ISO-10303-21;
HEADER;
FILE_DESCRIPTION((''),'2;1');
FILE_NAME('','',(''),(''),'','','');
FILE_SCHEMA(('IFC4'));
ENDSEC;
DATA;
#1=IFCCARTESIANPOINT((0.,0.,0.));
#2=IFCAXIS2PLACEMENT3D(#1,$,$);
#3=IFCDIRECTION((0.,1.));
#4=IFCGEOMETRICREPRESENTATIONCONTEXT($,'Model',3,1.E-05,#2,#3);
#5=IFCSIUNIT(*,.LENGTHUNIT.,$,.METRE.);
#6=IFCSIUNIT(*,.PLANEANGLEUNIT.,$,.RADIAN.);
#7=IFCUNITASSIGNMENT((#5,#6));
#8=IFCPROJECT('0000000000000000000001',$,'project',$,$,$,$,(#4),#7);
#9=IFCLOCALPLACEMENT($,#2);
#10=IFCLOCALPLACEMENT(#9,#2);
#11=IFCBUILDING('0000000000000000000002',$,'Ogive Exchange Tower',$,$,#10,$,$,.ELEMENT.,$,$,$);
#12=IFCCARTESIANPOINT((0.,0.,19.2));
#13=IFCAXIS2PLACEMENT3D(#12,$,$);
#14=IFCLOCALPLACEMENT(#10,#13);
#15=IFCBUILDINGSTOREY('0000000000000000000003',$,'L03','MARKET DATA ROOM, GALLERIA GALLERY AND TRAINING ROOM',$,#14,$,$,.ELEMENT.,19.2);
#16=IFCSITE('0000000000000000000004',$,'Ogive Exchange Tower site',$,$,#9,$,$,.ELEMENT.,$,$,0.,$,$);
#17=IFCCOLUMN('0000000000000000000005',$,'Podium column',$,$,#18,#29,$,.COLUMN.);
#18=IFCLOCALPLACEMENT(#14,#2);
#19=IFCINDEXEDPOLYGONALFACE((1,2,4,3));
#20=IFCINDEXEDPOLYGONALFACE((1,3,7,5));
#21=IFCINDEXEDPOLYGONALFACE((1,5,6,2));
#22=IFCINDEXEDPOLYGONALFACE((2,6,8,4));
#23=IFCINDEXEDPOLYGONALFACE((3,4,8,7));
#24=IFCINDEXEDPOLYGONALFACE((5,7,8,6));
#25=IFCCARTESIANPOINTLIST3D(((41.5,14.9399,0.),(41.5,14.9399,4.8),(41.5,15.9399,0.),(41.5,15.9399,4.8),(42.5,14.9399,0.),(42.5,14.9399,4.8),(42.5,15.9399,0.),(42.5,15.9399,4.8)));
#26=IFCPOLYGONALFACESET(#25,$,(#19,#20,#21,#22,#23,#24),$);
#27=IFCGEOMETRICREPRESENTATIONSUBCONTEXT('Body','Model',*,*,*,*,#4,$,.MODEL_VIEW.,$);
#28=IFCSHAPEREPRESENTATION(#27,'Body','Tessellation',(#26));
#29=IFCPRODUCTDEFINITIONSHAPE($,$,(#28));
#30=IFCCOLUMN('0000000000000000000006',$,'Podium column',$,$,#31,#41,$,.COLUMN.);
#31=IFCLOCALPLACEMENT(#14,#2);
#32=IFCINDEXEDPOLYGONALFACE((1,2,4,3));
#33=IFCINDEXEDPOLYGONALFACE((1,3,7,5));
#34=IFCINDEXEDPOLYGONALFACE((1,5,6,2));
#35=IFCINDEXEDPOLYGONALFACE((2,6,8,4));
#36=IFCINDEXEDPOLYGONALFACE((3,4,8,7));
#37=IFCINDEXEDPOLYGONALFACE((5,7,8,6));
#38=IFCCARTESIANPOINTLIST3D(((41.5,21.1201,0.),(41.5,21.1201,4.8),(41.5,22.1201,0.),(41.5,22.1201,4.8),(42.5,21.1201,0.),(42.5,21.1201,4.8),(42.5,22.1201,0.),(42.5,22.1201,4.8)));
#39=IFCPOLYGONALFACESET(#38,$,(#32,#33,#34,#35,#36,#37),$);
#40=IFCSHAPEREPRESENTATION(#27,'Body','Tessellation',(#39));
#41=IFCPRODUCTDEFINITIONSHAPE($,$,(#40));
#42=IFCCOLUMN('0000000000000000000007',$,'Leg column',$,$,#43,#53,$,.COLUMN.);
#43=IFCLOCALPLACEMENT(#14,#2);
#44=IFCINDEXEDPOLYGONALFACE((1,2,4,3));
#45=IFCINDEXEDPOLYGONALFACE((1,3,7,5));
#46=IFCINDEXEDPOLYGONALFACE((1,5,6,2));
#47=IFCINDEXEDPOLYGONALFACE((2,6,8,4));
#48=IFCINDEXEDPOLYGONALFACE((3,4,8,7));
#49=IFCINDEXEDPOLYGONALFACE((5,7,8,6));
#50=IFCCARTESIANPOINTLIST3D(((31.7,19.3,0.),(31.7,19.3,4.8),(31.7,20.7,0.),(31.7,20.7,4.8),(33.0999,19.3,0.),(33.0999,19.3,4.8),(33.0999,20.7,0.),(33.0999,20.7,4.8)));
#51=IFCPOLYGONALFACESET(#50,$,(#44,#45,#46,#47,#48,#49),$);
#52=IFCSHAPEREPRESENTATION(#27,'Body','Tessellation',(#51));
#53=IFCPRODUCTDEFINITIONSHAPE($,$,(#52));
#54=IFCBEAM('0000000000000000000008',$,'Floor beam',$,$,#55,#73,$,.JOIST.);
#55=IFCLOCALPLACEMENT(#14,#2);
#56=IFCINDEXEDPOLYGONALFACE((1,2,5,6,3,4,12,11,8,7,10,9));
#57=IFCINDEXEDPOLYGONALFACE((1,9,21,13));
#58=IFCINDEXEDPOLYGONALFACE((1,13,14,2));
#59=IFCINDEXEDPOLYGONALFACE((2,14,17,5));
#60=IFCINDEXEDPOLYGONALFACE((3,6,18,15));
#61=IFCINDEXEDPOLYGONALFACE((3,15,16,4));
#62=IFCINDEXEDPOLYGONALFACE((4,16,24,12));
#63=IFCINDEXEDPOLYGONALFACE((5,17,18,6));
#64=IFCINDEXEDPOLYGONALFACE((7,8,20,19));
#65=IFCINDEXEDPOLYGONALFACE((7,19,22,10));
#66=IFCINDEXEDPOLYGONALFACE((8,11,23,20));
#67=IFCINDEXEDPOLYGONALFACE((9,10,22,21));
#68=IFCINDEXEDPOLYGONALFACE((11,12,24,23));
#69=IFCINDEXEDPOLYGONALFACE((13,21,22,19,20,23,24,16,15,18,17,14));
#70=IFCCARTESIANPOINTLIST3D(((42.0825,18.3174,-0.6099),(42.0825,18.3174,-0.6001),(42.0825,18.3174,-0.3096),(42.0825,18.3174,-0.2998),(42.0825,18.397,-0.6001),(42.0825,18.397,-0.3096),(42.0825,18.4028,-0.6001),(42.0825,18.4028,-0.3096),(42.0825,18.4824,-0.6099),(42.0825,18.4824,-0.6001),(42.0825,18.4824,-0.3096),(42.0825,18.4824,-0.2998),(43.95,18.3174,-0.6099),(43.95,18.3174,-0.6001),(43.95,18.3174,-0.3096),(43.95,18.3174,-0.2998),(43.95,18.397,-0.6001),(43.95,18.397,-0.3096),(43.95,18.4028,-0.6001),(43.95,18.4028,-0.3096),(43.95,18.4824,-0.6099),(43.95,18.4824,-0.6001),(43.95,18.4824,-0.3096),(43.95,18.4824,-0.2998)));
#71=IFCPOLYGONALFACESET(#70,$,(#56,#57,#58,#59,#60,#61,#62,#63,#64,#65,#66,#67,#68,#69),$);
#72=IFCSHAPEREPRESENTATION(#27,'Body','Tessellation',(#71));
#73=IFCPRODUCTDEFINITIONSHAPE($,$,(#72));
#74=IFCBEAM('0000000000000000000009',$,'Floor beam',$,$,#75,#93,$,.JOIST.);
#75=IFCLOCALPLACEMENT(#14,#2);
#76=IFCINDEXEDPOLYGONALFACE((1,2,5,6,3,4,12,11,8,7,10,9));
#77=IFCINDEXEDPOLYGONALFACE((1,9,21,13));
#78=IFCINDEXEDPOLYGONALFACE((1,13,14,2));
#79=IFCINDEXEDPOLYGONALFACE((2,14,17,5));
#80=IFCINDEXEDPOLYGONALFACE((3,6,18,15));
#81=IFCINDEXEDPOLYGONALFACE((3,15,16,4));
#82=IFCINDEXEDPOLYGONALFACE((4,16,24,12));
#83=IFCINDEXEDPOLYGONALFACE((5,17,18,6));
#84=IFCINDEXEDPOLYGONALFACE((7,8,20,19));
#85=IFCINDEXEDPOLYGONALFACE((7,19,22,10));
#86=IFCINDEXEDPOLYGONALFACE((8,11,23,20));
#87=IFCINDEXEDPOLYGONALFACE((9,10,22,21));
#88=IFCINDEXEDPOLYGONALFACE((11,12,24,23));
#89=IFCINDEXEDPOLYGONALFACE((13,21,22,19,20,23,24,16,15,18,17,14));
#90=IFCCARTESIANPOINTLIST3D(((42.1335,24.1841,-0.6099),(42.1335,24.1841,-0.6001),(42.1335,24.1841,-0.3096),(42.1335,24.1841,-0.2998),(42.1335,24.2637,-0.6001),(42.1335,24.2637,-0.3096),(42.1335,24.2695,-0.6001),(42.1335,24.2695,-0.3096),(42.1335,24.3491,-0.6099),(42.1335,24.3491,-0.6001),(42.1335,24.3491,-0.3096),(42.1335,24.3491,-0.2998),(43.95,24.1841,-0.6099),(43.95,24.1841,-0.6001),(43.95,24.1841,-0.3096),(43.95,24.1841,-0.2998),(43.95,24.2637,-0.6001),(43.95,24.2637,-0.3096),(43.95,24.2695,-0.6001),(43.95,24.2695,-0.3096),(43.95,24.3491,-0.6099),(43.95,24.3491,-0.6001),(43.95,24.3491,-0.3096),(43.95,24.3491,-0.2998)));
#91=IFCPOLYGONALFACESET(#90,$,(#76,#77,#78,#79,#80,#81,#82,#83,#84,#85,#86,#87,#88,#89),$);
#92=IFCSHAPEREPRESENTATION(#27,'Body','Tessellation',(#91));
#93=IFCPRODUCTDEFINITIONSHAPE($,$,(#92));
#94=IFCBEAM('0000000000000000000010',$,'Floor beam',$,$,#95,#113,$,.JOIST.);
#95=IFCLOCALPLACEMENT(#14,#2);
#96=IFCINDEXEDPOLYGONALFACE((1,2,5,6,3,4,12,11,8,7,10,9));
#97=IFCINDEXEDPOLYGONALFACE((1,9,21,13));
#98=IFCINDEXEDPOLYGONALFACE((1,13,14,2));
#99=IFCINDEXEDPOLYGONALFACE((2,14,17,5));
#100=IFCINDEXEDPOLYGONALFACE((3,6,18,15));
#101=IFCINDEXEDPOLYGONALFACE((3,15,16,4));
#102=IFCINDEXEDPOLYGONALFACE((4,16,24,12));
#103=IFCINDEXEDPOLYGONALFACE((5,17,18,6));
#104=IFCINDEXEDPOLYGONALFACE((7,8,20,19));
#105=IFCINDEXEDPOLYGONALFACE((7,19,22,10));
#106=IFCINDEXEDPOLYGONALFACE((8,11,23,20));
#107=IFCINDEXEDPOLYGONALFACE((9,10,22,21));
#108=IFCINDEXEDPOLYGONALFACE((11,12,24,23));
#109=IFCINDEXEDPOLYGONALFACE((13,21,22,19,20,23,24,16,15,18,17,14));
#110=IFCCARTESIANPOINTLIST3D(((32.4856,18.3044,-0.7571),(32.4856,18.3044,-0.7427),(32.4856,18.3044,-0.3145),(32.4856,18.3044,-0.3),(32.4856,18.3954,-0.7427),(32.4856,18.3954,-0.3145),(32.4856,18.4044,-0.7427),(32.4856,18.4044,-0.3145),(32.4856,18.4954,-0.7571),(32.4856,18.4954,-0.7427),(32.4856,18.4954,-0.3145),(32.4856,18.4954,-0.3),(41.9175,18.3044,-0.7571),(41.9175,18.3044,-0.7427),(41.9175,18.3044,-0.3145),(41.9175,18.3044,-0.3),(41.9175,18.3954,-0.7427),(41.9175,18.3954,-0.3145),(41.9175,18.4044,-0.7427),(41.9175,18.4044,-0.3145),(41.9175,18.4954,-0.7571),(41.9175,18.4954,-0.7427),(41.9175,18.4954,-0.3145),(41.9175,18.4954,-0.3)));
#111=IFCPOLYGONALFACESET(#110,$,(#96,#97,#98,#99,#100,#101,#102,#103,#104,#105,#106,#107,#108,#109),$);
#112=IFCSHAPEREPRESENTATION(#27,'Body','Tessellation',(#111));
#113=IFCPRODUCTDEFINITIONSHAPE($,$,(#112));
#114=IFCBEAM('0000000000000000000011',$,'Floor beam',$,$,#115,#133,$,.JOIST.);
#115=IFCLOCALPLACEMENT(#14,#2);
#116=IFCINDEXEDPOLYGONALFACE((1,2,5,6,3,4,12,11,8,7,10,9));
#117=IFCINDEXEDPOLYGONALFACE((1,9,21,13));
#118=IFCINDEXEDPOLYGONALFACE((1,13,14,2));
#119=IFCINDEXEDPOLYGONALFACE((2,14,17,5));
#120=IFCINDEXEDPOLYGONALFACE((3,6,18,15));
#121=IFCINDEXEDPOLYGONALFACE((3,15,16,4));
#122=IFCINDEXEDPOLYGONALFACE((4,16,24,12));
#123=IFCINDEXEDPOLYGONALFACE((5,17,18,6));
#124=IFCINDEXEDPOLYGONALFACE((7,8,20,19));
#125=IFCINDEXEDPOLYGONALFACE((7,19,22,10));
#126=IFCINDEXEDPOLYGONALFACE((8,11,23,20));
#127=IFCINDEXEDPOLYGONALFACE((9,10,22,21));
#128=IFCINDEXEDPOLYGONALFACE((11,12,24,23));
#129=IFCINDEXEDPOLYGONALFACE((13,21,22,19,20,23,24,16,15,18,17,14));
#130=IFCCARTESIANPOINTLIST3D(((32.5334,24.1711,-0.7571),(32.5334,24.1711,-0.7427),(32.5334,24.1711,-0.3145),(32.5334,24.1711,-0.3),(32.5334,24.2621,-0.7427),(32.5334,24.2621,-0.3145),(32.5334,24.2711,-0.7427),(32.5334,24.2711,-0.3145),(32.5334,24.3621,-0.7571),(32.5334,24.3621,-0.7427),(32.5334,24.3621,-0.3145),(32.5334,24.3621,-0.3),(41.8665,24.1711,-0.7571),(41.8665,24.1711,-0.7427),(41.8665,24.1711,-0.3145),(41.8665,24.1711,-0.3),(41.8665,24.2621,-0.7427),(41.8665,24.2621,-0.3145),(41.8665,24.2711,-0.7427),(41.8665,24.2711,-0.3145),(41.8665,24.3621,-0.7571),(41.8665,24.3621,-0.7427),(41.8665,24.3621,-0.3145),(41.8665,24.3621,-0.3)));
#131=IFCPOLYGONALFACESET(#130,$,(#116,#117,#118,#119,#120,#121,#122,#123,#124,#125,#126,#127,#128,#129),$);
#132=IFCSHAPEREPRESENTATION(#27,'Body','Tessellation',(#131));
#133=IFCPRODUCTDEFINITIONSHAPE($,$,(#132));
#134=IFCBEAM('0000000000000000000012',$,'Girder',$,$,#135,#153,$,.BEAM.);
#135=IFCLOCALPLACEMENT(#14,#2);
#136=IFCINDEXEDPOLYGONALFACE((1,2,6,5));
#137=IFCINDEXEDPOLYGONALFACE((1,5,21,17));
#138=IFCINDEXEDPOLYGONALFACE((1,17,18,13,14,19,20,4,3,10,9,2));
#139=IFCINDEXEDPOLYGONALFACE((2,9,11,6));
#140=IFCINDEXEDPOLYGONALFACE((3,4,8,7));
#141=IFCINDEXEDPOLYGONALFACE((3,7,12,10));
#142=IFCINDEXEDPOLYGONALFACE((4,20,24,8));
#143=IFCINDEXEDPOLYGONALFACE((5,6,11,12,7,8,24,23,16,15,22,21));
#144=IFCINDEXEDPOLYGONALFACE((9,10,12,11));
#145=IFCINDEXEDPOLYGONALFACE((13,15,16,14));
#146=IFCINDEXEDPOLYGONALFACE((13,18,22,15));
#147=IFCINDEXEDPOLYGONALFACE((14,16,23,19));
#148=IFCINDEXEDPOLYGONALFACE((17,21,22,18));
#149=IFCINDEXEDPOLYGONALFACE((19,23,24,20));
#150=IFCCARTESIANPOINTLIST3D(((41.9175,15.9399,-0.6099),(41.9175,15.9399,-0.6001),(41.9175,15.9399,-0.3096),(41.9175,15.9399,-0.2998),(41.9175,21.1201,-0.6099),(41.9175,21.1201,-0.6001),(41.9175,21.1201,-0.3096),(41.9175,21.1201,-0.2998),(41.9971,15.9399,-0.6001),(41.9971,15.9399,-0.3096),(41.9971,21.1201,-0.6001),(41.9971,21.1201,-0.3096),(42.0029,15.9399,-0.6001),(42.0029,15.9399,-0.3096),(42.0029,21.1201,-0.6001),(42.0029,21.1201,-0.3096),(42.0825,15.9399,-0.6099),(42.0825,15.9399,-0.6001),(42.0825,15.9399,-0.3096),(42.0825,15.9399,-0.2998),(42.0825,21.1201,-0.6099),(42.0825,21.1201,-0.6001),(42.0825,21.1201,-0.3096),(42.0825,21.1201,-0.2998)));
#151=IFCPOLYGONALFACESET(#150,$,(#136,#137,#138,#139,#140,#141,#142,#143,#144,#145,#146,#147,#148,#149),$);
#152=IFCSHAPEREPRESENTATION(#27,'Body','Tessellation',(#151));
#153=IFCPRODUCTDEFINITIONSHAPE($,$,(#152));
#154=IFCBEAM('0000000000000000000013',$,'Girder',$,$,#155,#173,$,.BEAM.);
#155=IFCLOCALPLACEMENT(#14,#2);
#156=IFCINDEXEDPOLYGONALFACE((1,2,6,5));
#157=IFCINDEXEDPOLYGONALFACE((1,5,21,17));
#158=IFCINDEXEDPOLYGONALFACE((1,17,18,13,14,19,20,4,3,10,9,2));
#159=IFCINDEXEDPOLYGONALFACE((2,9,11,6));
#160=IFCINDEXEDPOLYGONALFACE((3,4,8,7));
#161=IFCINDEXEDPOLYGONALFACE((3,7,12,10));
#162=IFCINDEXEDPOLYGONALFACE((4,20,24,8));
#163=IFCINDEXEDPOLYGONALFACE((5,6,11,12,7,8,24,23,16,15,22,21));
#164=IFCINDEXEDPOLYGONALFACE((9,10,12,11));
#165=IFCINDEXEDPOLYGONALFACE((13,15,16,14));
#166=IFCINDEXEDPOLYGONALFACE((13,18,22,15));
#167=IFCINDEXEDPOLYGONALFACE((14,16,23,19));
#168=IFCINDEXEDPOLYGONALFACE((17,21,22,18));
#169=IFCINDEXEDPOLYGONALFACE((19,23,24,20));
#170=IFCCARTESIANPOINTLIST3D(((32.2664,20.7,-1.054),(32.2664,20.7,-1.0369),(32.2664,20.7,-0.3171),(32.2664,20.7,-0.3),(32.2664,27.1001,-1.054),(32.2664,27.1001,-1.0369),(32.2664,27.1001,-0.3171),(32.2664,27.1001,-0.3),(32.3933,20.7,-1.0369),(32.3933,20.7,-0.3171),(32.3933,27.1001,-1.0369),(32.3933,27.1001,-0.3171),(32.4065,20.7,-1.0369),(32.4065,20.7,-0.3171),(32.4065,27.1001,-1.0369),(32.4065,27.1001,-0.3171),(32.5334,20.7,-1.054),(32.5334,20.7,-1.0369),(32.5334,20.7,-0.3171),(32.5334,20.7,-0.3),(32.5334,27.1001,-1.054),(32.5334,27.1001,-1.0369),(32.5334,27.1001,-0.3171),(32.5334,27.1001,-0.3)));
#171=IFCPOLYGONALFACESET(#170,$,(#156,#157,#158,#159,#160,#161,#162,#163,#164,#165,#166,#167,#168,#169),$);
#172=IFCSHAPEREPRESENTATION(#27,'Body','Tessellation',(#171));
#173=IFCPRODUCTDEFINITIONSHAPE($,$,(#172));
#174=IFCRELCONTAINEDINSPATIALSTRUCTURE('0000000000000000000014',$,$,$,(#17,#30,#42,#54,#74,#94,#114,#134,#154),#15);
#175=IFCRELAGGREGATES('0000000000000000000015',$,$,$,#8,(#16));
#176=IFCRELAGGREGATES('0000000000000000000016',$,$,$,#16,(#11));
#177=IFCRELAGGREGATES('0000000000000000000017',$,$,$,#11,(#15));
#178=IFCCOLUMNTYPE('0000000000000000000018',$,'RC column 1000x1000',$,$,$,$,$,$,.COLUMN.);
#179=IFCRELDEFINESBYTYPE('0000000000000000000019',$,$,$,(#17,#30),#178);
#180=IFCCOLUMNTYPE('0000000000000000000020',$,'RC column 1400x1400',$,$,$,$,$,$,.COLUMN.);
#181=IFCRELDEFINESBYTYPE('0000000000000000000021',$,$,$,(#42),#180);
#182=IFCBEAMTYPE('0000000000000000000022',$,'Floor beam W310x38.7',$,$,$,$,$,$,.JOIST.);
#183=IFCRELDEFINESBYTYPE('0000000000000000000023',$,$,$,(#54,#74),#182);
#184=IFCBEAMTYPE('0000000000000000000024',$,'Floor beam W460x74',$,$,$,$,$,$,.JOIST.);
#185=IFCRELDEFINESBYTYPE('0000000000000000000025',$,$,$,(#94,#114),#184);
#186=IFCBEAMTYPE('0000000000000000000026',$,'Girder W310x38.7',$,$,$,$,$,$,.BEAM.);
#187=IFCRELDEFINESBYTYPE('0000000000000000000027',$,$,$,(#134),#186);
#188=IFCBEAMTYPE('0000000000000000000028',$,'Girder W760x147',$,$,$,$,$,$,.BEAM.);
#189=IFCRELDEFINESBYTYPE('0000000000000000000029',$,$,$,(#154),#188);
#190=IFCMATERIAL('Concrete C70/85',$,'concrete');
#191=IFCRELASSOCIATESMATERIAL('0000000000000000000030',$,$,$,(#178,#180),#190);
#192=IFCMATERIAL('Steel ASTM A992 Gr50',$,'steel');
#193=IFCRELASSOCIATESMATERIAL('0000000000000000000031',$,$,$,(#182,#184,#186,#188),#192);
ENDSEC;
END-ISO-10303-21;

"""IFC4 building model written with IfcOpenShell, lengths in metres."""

from ifc_helpers import new_model, si_unit, direction, frame, origin, origin_2d, place, context, subcontext, project, spatial, rectangle, i_section, extrude, material, material_profile, profile_set, type_object, element, save


model = new_model("IFC4")

# Units and contexts
model_context = context("Model", 3, precision=1e-05, world=origin(), true_north=direction((0.0, 1.0)))
body_context = subcontext(model_context, "Body", "Model", "MODEL_VIEW")
ifc_project = project(units=[si_unit("LENGTHUNIT", "METRE"), si_unit("PLANEANGLEUNIT", "RADIAN")], contexts=[model_context])

# Site, building, storey
site_placement = place(None, origin())
site = spatial("IfcSite", under=ifc_project, at=site_placement, Name="Ogive Exchange Tower site", CompositionType="ELEMENT", RefElevation=0.0)
building_placement = place(site_placement, origin())
building = spatial("IfcBuilding", under=site, at=building_placement, Name="Ogive Exchange Tower", CompositionType="ELEMENT")
storey_placement = place(building_placement, frame((0.0, 0.0, 19.2)))
storey = spatial("IfcBuildingStorey", under=building, at=storey_placement, Name="L03", Description="MARKET DATA ROOM, GALLERIA GALLERY AND TRAINING ROOM", CompositionType="ELEMENT", Elevation=19.2)

# Columns
ifc_material_1 = material(Name="Concrete C70/85", Category="concrete")
ifc_material_profile_1 = material_profile(ifc_material_1, rectangle(XDim=1.0, YDim=1.0, at=origin_2d()), Name="RC 1000x1000")
ifc_profile_set_1 = profile_set([ifc_material_profile_1], Name="Concrete C70/85")
column_type_1 = type_object("IfcColumnType", Name="RC column 1000x1000", PredefinedType="COLUMN", material=ifc_profile_set_1)
for number, where, z_axis, x_axis, name in (
    (1, (42.0, 15.4399, 0.0), (0.0, 0.0, 1.0), (1.0, 0.0, 0.0), "Podium column"),
    (2, (42.0, 21.6201, 0.0), (0.0, 0.0, 1.0), (1.0, 0.0, 0.0), "Podium column"),
):
    element("IfcColumn", number, at=place(storey_placement, frame(where, z_axis=z_axis, x_axis=x_axis)), inside=storey, type_object=column_type_1, Name=name, PredefinedType="COLUMN", context=body_context, shape_type="SweptSolid", body=[
        extrude(rectangle(XDim=1.0, YDim=1.0, at=origin_2d()), origin(), (0.0, 0.0, 1.0), 4.8),
    ])
ifc_material_profile_2 = material_profile(ifc_material_1, rectangle(XDim=1.3999, YDim=1.3999, at=origin_2d()), Name="RC 1400x1400")
ifc_profile_set_2 = profile_set([ifc_material_profile_2], Name="Concrete C70/85")
column_type_2 = type_object("IfcColumnType", Name="RC column 1400x1400", PredefinedType="COLUMN", material=ifc_profile_set_2)
column_placement = place(storey_placement, frame((32.3999, 20.0, 0.0), z_axis=(0.0, 0.0, 1.0), x_axis=(1.0, 0.0, 0.0)))
element("IfcColumn", 3, at=column_placement, inside=storey, type_object=column_type_2, Name="Leg column", PredefinedType="COLUMN", context=body_context, shape_type="SweptSolid", body=[
    extrude(rectangle(XDim=1.3999, YDim=1.3999, at=origin_2d()), origin(), (0.0, 0.0, 1.0), 4.8),
])

# Beams
ifc_material_2 = material(Name="Steel ASTM A992 Gr50", Category="steel")
ifc_material_profile_3 = material_profile(ifc_material_2, i_section(OverallWidth=0.165, OverallDepth=0.3101, WebThickness=0.0059, FlangeThickness=0.0098, at=origin_2d()), Name="W310x38.7")
ifc_profile_set_3 = profile_set([ifc_material_profile_3], Name="Steel ASTM A992 Gr50")
beam_type_1 = type_object("IfcBeamType", Name="Floor beam W310x38.7", PredefinedType="JOIST", material=ifc_profile_set_3)
beam_1_placement = place(storey_placement, frame((42.0825, 18.3999, -0.4548), z_axis=(1.0, 0.0, 0.0), x_axis=(0.0, 1.0, 0.0)))
element("IfcBeam", 4, at=beam_1_placement, inside=storey, type_object=beam_type_1, Name="Floor beam", PredefinedType="JOIST", context=body_context, shape_type="SweptSolid", body=[
    extrude(i_section(OverallWidth=0.165, OverallDepth=0.3101, WebThickness=0.0059, FlangeThickness=0.0098, at=origin_2d()), origin(), (0.0, 0.0, 1.0), 1.8674),
])
beam_2_placement = place(storey_placement, frame((42.1335, 24.2666, -0.4548), z_axis=(1.0, 0.0, 0.0), x_axis=(0.0, 1.0, 0.0)))
element("IfcBeam", 5, at=beam_2_placement, inside=storey, type_object=beam_type_1, Name="Floor beam", PredefinedType="JOIST", context=body_context, shape_type="SweptSolid", body=[
    extrude(i_section(OverallWidth=0.165, OverallDepth=0.3101, WebThickness=0.0059, FlangeThickness=0.0098, at=origin_2d()), origin(), (0.0, 0.0, 1.0), 1.8164),
])
ifc_material_profile_4 = material_profile(ifc_material_2, i_section(OverallWidth=0.1909, OverallDepth=0.457, WebThickness=0.009, FlangeThickness=0.0144, at=origin_2d()), Name="W460x74")
ifc_profile_set_4 = profile_set([ifc_material_profile_4], Name="Steel ASTM A992 Gr50")
beam_type_2 = type_object("IfcBeamType", Name="Floor beam W460x74", PredefinedType="JOIST", material=ifc_profile_set_4)
beam_3_placement = place(storey_placement, frame((32.4856, 18.3999, -0.5286), z_axis=(1.0, 0.0, 0.0), x_axis=(0.0, 1.0, 0.0)))
element("IfcBeam", 6, at=beam_3_placement, inside=storey, type_object=beam_type_2, Name="Floor beam", PredefinedType="JOIST", context=body_context, shape_type="SweptSolid", body=[
    extrude(i_section(OverallWidth=0.1909, OverallDepth=0.457, WebThickness=0.009, FlangeThickness=0.0144, at=origin_2d()), origin(), (0.0, 0.0, 1.0), 9.4319),
])
beam_4_placement = place(storey_placement, frame((32.5334, 24.2666, -0.5286), z_axis=(1.0, 0.0, 0.0), x_axis=(0.0, 1.0, 0.0)))
element("IfcBeam", 7, at=beam_4_placement, inside=storey, type_object=beam_type_2, Name="Floor beam", PredefinedType="JOIST", context=body_context, shape_type="SweptSolid", body=[
    extrude(i_section(OverallWidth=0.1909, OverallDepth=0.457, WebThickness=0.009, FlangeThickness=0.0144, at=origin_2d()), origin(), (0.0, 0.0, 1.0), 9.333),
])
ifc_material_profile_5 = material_profile(ifc_material_2, i_section(OverallWidth=0.165, OverallDepth=0.3101, WebThickness=0.0059, FlangeThickness=0.0098, at=origin_2d()), Name="W310x38.7")
ifc_profile_set_5 = profile_set([ifc_material_profile_5], Name="Steel ASTM A992 Gr50")
beam_type_3 = type_object("IfcBeamType", Name="Girder W310x38.7", PredefinedType="BEAM", material=ifc_profile_set_5)
beam_5_placement = place(storey_placement, frame((42.0, 15.9399, -0.4548), z_axis=(0.0, 1.0, 0.0), x_axis=(-1.0, 0.0, 0.0)))
element("IfcBeam", 8, at=beam_5_placement, inside=storey, type_object=beam_type_3, Name="Girder", PredefinedType="BEAM", context=body_context, shape_type="SweptSolid", body=[
    extrude(i_section(OverallWidth=0.165, OverallDepth=0.3101, WebThickness=0.0059, FlangeThickness=0.0098, at=origin_2d()), origin(), (0.0, 0.0, 1.0), 5.1802),
])
ifc_material_profile_6 = material_profile(ifc_material_2, i_section(OverallWidth=0.2671, OverallDepth=0.7539, WebThickness=0.0132, FlangeThickness=0.0171, at=origin_2d()), Name="W760x147")
ifc_profile_set_6 = profile_set([ifc_material_profile_6], Name="Steel ASTM A992 Gr50")
beam_type_4 = type_object("IfcBeamType", Name="Girder W760x147", PredefinedType="BEAM", material=ifc_profile_set_6)
beam_6_placement = place(storey_placement, frame((32.3999, 20.7, -0.677), z_axis=(0.0, 1.0, 0.0), x_axis=(-1.0, 0.0, 0.0)))
element("IfcBeam", 9, at=beam_6_placement, inside=storey, type_object=beam_type_4, Name="Girder", PredefinedType="BEAM", context=body_context, shape_type="SweptSolid", body=[
    extrude(i_section(OverallWidth=0.2671, OverallDepth=0.7539, WebThickness=0.0132, FlangeThickness=0.0171, at=origin_2d()), origin(), (0.0, 0.0, 1.0), 6.4001),
])

save(model, "model.ifc")
